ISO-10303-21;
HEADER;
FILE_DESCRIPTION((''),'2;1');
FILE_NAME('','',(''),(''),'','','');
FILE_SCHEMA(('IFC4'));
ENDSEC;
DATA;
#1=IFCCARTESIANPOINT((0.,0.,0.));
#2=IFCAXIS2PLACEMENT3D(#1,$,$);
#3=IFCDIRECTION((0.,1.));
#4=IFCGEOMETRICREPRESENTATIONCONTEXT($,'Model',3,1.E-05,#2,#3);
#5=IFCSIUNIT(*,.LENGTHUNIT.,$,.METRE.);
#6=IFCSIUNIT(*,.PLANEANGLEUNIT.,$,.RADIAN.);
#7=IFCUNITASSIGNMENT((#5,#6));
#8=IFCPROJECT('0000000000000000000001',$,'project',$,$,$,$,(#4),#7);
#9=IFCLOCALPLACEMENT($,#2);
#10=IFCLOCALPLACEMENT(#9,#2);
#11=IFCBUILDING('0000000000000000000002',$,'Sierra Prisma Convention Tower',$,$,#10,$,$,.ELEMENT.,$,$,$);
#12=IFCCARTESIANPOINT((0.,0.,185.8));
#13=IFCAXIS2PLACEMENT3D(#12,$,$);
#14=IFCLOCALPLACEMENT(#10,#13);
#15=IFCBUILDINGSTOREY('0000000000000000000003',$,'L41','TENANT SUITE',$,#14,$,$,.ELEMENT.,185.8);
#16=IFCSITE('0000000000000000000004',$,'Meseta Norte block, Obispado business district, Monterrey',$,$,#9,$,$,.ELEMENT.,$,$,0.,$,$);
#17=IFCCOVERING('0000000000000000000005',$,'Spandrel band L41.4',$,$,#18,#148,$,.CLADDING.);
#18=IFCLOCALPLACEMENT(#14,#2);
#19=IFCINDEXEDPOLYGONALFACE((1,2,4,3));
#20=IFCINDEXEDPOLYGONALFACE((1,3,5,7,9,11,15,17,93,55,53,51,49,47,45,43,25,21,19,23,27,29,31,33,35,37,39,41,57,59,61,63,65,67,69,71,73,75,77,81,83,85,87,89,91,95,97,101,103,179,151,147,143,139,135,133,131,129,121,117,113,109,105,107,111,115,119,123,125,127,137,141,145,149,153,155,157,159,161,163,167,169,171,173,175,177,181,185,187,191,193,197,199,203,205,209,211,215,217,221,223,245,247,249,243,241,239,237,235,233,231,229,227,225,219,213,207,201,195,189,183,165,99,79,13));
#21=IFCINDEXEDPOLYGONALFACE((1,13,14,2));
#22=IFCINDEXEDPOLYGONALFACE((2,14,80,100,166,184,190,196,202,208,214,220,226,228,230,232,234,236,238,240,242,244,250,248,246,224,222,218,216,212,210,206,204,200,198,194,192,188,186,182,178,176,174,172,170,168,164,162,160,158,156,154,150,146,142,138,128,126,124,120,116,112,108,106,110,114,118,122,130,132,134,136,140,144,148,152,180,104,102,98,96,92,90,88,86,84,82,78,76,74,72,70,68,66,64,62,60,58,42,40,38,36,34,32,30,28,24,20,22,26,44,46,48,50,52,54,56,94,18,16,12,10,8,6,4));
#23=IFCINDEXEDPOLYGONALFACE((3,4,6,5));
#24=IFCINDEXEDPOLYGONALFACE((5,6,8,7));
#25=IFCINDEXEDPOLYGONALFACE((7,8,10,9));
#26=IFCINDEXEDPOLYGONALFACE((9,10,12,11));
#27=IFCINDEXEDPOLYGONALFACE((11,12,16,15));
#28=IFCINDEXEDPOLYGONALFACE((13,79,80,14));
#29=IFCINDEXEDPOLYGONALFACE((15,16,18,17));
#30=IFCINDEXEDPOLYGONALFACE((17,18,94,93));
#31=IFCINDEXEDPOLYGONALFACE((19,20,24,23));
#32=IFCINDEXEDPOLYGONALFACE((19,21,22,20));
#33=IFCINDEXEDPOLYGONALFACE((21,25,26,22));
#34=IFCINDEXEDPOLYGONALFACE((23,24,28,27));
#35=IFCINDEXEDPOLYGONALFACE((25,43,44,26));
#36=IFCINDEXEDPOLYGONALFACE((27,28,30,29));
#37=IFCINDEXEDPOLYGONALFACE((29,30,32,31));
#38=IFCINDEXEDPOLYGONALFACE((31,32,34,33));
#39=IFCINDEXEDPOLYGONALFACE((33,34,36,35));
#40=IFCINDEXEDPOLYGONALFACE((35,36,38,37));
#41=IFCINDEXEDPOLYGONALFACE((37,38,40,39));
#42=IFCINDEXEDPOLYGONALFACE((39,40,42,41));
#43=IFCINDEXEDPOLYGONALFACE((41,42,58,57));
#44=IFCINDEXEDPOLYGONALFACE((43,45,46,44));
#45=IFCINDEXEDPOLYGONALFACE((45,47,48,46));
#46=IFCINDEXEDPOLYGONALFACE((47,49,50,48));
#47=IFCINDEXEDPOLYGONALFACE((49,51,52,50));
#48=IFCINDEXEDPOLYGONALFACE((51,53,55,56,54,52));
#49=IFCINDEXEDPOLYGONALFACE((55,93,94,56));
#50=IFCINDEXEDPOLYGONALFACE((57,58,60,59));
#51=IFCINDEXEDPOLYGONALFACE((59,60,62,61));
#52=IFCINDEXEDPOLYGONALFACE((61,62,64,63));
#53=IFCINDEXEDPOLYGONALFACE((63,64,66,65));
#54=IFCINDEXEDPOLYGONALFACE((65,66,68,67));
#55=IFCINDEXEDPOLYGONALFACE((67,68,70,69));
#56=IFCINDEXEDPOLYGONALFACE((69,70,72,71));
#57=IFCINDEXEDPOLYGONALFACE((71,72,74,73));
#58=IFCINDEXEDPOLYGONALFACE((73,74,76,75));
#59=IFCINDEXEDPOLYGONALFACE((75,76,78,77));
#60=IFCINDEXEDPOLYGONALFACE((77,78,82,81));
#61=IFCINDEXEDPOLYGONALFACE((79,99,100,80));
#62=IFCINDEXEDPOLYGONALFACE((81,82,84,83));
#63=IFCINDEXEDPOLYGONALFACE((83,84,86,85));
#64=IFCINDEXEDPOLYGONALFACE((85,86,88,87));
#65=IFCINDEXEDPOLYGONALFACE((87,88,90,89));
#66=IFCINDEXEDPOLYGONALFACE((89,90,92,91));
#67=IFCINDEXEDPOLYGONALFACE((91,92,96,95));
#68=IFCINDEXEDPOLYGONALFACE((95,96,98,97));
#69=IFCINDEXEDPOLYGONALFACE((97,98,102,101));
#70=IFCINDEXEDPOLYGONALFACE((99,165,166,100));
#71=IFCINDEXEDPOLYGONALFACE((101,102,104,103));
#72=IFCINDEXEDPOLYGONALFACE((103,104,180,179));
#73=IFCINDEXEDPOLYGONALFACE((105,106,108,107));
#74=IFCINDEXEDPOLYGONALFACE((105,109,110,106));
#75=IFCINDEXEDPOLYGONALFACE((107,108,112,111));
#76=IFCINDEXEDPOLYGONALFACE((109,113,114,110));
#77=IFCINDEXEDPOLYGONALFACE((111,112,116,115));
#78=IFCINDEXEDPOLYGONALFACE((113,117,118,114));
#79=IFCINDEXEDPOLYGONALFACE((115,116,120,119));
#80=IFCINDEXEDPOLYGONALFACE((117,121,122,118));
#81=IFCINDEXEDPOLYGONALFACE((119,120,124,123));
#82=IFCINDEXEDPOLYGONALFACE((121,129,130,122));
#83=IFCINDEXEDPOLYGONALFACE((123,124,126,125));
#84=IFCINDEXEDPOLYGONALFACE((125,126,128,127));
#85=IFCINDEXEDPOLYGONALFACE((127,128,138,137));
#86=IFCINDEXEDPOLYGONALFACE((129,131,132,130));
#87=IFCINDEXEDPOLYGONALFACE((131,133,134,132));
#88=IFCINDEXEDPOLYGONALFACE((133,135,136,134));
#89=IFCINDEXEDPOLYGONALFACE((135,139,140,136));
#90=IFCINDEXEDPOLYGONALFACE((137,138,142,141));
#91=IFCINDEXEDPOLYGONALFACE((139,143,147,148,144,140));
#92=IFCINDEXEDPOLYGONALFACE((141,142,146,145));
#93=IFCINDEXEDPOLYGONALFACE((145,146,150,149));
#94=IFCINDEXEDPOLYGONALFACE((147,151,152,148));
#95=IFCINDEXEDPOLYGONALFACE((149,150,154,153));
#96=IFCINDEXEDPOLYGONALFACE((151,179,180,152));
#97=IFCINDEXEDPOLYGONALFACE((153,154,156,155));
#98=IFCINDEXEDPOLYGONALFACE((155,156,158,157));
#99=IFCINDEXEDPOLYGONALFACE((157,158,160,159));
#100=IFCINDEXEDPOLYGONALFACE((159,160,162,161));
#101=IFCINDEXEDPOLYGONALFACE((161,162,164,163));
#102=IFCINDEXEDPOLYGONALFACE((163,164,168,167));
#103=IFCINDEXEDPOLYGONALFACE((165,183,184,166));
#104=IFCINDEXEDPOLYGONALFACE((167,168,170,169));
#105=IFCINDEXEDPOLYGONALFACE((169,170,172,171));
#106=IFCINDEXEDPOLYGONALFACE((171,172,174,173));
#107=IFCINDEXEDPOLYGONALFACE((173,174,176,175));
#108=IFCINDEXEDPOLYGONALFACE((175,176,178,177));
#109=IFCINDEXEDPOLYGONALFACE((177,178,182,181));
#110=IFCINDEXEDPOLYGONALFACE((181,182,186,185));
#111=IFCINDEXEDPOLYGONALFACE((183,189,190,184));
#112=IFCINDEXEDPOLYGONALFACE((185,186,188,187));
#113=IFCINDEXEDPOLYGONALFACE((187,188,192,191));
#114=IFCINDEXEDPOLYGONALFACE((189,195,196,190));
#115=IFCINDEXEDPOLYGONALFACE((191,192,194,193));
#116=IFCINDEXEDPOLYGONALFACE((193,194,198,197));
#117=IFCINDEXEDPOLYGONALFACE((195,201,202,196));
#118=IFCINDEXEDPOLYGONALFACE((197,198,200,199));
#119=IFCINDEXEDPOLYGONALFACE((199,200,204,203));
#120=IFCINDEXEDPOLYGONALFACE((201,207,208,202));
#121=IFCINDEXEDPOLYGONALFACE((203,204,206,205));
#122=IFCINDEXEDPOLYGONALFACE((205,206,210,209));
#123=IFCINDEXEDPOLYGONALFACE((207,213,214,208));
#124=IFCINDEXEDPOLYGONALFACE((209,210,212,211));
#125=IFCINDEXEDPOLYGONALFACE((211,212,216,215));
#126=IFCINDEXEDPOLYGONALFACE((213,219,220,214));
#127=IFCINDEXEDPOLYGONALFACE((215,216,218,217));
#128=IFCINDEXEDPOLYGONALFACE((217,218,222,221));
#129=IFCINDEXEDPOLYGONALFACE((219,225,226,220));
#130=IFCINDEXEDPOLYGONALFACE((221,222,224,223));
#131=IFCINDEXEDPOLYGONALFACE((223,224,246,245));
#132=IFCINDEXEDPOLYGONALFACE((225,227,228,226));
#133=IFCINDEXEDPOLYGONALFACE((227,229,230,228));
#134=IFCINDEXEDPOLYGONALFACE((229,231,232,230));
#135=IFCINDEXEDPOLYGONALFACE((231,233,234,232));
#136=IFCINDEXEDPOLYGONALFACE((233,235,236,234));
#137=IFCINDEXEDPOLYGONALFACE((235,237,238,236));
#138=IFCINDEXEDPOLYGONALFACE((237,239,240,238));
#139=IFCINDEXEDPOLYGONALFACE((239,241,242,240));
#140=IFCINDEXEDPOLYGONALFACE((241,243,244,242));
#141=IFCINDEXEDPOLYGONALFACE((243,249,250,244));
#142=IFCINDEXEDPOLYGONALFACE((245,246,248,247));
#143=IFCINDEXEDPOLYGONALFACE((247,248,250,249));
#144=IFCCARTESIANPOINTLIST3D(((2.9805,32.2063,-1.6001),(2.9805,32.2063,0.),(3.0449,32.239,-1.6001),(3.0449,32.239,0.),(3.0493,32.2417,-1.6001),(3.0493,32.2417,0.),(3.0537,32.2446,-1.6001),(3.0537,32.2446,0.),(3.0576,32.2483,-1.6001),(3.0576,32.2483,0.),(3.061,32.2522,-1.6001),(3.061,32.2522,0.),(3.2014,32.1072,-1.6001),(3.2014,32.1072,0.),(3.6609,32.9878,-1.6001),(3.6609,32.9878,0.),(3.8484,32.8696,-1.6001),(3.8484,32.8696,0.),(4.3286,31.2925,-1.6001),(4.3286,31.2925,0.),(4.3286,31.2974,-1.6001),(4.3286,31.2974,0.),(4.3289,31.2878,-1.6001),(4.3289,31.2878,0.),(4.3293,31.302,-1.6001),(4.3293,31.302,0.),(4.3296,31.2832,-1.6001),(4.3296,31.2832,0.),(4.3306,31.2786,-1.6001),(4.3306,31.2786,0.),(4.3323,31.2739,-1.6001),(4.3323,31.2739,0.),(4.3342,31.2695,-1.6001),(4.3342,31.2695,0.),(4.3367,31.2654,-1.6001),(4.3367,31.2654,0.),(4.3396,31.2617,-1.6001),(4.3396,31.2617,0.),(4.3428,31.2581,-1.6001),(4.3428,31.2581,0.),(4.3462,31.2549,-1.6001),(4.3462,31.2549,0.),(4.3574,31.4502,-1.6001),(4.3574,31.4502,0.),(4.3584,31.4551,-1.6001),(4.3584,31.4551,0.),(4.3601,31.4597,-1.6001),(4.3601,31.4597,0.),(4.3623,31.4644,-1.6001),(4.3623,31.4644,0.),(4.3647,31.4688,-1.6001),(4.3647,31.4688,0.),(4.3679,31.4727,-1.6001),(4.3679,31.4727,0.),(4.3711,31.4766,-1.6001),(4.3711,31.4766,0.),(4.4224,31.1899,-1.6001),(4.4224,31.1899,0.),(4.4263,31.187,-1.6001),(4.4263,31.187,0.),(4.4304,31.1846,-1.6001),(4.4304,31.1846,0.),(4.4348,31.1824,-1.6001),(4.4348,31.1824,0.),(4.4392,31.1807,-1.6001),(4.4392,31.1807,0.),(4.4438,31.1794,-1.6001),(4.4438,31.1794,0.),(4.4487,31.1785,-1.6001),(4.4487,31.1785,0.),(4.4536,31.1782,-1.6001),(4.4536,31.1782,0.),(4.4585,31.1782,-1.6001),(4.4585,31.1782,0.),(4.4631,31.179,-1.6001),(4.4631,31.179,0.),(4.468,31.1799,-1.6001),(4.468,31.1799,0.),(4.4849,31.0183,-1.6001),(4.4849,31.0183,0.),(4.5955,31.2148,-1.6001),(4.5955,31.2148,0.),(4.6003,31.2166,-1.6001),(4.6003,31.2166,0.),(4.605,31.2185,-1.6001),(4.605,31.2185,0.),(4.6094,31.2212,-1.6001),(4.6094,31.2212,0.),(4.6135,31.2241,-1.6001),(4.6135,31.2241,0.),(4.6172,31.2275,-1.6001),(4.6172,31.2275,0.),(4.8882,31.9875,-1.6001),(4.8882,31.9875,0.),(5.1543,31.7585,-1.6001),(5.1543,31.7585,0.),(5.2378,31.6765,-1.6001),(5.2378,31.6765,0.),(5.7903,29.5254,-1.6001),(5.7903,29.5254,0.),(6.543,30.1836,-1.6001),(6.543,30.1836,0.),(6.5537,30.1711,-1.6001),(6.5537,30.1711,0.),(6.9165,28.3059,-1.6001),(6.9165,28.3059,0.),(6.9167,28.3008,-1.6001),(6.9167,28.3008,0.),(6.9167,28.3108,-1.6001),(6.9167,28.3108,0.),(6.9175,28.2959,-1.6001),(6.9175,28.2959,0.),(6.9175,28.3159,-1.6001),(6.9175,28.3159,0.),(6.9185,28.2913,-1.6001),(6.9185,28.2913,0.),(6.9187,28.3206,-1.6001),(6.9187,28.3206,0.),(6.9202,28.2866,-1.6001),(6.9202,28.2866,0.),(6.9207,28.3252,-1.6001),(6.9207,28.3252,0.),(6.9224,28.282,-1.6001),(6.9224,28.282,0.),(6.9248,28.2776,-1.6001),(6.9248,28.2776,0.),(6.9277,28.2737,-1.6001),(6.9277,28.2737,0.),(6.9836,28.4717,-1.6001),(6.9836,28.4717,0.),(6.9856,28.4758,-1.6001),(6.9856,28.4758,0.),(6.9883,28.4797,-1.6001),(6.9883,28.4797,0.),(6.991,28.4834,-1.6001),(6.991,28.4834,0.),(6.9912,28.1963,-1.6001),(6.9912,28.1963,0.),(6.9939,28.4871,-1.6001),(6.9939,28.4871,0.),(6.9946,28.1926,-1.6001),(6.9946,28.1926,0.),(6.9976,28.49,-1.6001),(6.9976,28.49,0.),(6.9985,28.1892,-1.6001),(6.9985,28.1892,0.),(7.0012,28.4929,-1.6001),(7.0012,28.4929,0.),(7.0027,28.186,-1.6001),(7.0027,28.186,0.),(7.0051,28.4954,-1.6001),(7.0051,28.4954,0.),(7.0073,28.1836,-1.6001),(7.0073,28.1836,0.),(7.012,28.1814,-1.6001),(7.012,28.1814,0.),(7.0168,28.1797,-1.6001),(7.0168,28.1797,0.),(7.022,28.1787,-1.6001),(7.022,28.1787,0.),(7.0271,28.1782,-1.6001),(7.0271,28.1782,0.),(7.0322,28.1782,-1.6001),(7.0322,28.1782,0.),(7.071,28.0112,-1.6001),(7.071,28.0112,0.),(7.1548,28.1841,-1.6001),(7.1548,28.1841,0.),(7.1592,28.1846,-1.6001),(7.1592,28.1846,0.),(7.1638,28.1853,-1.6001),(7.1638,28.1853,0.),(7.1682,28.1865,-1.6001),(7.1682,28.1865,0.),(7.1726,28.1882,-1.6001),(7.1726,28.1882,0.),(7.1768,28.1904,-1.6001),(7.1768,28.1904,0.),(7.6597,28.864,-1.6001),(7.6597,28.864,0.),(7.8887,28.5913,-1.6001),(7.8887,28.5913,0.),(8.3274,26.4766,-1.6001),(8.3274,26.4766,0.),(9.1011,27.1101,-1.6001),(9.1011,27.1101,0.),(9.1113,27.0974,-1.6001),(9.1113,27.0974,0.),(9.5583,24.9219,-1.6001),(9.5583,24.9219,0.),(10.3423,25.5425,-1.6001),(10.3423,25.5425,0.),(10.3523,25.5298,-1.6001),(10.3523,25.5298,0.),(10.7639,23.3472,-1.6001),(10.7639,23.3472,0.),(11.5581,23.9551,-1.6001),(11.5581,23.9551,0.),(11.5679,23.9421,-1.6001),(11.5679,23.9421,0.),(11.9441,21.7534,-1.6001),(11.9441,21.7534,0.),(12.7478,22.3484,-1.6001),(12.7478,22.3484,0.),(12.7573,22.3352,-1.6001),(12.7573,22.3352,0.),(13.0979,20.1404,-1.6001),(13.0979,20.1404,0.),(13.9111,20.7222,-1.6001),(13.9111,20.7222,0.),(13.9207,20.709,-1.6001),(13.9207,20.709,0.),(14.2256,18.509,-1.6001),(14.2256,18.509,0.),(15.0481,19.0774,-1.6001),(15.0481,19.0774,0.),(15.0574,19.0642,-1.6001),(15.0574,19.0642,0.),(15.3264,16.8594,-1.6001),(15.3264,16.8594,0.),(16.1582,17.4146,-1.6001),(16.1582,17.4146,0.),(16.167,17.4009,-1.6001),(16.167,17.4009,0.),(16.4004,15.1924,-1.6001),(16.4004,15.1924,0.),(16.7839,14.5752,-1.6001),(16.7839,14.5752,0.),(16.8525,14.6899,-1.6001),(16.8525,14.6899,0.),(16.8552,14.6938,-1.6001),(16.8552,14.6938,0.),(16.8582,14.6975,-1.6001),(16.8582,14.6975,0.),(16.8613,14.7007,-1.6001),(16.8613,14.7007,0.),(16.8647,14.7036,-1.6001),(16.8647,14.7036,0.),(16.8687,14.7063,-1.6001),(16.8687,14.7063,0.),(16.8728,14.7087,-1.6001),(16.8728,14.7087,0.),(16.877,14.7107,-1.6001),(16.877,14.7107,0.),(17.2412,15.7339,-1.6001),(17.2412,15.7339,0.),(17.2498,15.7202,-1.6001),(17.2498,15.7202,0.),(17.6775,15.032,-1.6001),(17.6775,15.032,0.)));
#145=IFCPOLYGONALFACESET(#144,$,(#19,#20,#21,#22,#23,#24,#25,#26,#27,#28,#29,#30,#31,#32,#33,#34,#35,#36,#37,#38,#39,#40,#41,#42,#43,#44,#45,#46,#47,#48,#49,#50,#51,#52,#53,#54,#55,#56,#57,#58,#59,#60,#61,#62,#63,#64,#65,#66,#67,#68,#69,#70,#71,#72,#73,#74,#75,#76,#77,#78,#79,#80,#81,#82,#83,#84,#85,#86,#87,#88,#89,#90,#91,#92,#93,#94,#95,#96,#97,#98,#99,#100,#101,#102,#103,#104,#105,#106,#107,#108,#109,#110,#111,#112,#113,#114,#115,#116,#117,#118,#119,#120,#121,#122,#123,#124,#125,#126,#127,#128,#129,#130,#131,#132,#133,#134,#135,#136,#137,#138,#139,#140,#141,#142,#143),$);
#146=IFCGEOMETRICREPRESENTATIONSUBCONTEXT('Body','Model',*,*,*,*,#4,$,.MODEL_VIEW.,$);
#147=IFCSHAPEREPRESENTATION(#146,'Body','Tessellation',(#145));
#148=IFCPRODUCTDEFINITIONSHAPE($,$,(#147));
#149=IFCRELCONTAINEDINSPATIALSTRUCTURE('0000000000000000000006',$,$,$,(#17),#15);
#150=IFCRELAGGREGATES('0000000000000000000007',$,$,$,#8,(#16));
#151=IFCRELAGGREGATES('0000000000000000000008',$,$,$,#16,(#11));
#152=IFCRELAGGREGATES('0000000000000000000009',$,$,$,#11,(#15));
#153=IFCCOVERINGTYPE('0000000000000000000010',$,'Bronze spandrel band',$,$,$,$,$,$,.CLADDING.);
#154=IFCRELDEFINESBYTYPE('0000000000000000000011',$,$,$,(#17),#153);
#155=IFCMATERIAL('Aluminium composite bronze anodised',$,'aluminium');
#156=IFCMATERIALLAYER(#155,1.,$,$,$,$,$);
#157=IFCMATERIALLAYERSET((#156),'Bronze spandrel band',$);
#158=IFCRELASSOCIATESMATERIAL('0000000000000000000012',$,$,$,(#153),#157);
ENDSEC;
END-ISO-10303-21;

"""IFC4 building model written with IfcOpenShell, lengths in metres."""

from ifc_helpers import new_model, si_unit, direction, frame, origin, place, context, subcontext, project, spatial, polyline, outline, extrude, material, layer, layer_set, type_object, element, save


model = new_model("IFC4")

# Units and contexts
model_context = context("Model", 3, precision=1e-05, world=origin(), true_north=direction((0.0, 1.0)))
body_context = subcontext(model_context, "Body", "Model", "MODEL_VIEW")
ifc_project = project(units=[si_unit("LENGTHUNIT", "METRE"), si_unit("PLANEANGLEUNIT", "RADIAN")], contexts=[model_context])

# Site, building, storey
site_placement = place(None, origin())
site = spatial("IfcSite", under=ifc_project, at=site_placement, Name="Meseta Norte block, Obispado business district, Monterrey", CompositionType="ELEMENT", RefElevation=0.0)
building_placement = place(site_placement, origin())
building = spatial("IfcBuilding", under=site, at=building_placement, Name="Sierra Prisma Convention Tower", CompositionType="ELEMENT")
storey_placement = place(building_placement, frame((0.0, 0.0, 185.8)))
storey = spatial("IfcBuildingStorey", under=building, at=storey_placement, Name="L41", Description="TENANT SUITE", CompositionType="ELEMENT", Elevation=185.8)

# Covering
ifc_material_1 = material(Name="Aluminium composite bronze anodised", Category="aluminium")
ifc_layer_1 = layer(ifc_material_1, 1.0)
ifc_layer_set_1 = layer_set([ifc_layer_1], Name="Bronze spandrel band")
covering_type_1 = type_object("IfcCoveringType", Name="Bronze spandrel band", PredefinedType="CLADDING", material=ifc_layer_set_1)
covering_1_placement = place(storey_placement, frame((0.0, 0.0, -1.6001)))
element("IfcCovering", 1, at=covering_1_placement, inside=storey, type_object=covering_type_1, Name="Spandrel band L41.4", PredefinedType="CLADDING", context=body_context, shape_type="SweptSolid", body=[
    extrude(outline(polyline([(4.3601, 31.4597), (4.3584, 31.4551), (4.3574, 31.4502), (4.3293, 31.302), (4.3286, 31.2974), (4.3286, 31.2925), (4.3289, 31.2878), (4.3296, 31.2832), (4.3306, 31.2786), (4.3323, 31.2739), (4.3342, 31.2695), (4.3367, 31.2654), (4.3396, 31.2617), (4.3428, 31.2581), (4.3462, 31.2549), (4.4224, 31.1899), (4.4263, 31.187), (4.4304, 31.1846), (4.4348, 31.1824), (4.4392, 31.1807), (4.4438, 31.1794), (4.4487, 31.1785), (4.4536, 31.1782), (4.4585, 31.1782), (4.4631, 31.179), (4.468, 31.1799), (4.5955, 31.2148), (4.6003, 31.2166), (4.605, 31.2185), (4.6094, 31.2212), (4.6135, 31.2241), (4.6172, 31.2275), (5.1543, 31.7585), (5.2378, 31.6765), (6.543, 30.1836), (6.5537, 30.1711), (7.6597, 28.864), (7.0051, 28.4954), (7.0012, 28.4929), (6.9976, 28.49), (6.9939, 28.4871), (6.991, 28.4834), (6.9883, 28.4797), (6.9856, 28.4758), (6.9836, 28.4717), (6.9207, 28.3252), (6.9187, 28.3206), (6.9175, 28.3159), (6.9167, 28.3108), (6.9165, 28.3059), (6.9167, 28.3008), (6.9175, 28.2959), (6.9185, 28.2913), (6.9202, 28.2866), (6.9224, 28.282), (6.9248, 28.2776), (6.9277, 28.2737), (6.9912, 28.1963), (6.9946, 28.1926), (6.9985, 28.1892), (7.0027, 28.186), (7.0073, 28.1836), (7.012, 28.1814), (7.0168, 28.1797), (7.022, 28.1787), (7.0271, 28.1782), (7.0322, 28.1782), (7.1548, 28.1841), (7.1592, 28.1846), (7.1638, 28.1853), (7.1682, 28.1865), (7.1726, 28.1882), (7.1768, 28.1904), (7.8887, 28.5913), (9.1011, 27.1101), (9.1113, 27.0974), (10.3423, 25.5425), (10.3523, 25.5298), (11.5581, 23.9551), (11.5679, 23.9421), (12.7478, 22.3484), (12.7573, 22.3352), (13.9111, 20.7222), (13.9207, 20.709), (15.0481, 19.0774), (15.0574, 19.0642), (16.1582, 17.4146), (16.167, 17.4009), (17.2412, 15.7339), (17.2498, 15.7202), (17.6775, 15.032), (16.877, 14.7107), (16.8728, 14.7087), (16.8687, 14.7063), (16.8647, 14.7036), (16.8613, 14.7007), (16.8582, 14.6975), (16.8552, 14.6938), (16.8525, 14.6899), (16.7839, 14.5752), (16.4004, 15.1924), (15.3264, 16.8594), (14.2256, 18.509), (13.0979, 20.1404), (11.9441, 21.7534), (10.7639, 23.3472), (9.5583, 24.9219), (8.3274, 26.4766), (7.071, 28.0112), (5.7903, 29.5254), (4.4849, 31.0183), (3.2014, 32.1072), (2.9805, 32.2063), (3.0449, 32.239), (3.0493, 32.2417), (3.0537, 32.2446), (3.0576, 32.2483), (3.061, 32.2522), (3.6609, 32.9878), (3.8484, 32.8696), (4.8882, 31.9875), (4.3711, 31.4766), (4.3679, 31.4727), (4.3647, 31.4688), (4.3623, 31.4644), (4.3601, 31.4597)])), origin(), (0.0, 0.0, 1.0), 1.6001),
])

save(model, "model.ifc")
